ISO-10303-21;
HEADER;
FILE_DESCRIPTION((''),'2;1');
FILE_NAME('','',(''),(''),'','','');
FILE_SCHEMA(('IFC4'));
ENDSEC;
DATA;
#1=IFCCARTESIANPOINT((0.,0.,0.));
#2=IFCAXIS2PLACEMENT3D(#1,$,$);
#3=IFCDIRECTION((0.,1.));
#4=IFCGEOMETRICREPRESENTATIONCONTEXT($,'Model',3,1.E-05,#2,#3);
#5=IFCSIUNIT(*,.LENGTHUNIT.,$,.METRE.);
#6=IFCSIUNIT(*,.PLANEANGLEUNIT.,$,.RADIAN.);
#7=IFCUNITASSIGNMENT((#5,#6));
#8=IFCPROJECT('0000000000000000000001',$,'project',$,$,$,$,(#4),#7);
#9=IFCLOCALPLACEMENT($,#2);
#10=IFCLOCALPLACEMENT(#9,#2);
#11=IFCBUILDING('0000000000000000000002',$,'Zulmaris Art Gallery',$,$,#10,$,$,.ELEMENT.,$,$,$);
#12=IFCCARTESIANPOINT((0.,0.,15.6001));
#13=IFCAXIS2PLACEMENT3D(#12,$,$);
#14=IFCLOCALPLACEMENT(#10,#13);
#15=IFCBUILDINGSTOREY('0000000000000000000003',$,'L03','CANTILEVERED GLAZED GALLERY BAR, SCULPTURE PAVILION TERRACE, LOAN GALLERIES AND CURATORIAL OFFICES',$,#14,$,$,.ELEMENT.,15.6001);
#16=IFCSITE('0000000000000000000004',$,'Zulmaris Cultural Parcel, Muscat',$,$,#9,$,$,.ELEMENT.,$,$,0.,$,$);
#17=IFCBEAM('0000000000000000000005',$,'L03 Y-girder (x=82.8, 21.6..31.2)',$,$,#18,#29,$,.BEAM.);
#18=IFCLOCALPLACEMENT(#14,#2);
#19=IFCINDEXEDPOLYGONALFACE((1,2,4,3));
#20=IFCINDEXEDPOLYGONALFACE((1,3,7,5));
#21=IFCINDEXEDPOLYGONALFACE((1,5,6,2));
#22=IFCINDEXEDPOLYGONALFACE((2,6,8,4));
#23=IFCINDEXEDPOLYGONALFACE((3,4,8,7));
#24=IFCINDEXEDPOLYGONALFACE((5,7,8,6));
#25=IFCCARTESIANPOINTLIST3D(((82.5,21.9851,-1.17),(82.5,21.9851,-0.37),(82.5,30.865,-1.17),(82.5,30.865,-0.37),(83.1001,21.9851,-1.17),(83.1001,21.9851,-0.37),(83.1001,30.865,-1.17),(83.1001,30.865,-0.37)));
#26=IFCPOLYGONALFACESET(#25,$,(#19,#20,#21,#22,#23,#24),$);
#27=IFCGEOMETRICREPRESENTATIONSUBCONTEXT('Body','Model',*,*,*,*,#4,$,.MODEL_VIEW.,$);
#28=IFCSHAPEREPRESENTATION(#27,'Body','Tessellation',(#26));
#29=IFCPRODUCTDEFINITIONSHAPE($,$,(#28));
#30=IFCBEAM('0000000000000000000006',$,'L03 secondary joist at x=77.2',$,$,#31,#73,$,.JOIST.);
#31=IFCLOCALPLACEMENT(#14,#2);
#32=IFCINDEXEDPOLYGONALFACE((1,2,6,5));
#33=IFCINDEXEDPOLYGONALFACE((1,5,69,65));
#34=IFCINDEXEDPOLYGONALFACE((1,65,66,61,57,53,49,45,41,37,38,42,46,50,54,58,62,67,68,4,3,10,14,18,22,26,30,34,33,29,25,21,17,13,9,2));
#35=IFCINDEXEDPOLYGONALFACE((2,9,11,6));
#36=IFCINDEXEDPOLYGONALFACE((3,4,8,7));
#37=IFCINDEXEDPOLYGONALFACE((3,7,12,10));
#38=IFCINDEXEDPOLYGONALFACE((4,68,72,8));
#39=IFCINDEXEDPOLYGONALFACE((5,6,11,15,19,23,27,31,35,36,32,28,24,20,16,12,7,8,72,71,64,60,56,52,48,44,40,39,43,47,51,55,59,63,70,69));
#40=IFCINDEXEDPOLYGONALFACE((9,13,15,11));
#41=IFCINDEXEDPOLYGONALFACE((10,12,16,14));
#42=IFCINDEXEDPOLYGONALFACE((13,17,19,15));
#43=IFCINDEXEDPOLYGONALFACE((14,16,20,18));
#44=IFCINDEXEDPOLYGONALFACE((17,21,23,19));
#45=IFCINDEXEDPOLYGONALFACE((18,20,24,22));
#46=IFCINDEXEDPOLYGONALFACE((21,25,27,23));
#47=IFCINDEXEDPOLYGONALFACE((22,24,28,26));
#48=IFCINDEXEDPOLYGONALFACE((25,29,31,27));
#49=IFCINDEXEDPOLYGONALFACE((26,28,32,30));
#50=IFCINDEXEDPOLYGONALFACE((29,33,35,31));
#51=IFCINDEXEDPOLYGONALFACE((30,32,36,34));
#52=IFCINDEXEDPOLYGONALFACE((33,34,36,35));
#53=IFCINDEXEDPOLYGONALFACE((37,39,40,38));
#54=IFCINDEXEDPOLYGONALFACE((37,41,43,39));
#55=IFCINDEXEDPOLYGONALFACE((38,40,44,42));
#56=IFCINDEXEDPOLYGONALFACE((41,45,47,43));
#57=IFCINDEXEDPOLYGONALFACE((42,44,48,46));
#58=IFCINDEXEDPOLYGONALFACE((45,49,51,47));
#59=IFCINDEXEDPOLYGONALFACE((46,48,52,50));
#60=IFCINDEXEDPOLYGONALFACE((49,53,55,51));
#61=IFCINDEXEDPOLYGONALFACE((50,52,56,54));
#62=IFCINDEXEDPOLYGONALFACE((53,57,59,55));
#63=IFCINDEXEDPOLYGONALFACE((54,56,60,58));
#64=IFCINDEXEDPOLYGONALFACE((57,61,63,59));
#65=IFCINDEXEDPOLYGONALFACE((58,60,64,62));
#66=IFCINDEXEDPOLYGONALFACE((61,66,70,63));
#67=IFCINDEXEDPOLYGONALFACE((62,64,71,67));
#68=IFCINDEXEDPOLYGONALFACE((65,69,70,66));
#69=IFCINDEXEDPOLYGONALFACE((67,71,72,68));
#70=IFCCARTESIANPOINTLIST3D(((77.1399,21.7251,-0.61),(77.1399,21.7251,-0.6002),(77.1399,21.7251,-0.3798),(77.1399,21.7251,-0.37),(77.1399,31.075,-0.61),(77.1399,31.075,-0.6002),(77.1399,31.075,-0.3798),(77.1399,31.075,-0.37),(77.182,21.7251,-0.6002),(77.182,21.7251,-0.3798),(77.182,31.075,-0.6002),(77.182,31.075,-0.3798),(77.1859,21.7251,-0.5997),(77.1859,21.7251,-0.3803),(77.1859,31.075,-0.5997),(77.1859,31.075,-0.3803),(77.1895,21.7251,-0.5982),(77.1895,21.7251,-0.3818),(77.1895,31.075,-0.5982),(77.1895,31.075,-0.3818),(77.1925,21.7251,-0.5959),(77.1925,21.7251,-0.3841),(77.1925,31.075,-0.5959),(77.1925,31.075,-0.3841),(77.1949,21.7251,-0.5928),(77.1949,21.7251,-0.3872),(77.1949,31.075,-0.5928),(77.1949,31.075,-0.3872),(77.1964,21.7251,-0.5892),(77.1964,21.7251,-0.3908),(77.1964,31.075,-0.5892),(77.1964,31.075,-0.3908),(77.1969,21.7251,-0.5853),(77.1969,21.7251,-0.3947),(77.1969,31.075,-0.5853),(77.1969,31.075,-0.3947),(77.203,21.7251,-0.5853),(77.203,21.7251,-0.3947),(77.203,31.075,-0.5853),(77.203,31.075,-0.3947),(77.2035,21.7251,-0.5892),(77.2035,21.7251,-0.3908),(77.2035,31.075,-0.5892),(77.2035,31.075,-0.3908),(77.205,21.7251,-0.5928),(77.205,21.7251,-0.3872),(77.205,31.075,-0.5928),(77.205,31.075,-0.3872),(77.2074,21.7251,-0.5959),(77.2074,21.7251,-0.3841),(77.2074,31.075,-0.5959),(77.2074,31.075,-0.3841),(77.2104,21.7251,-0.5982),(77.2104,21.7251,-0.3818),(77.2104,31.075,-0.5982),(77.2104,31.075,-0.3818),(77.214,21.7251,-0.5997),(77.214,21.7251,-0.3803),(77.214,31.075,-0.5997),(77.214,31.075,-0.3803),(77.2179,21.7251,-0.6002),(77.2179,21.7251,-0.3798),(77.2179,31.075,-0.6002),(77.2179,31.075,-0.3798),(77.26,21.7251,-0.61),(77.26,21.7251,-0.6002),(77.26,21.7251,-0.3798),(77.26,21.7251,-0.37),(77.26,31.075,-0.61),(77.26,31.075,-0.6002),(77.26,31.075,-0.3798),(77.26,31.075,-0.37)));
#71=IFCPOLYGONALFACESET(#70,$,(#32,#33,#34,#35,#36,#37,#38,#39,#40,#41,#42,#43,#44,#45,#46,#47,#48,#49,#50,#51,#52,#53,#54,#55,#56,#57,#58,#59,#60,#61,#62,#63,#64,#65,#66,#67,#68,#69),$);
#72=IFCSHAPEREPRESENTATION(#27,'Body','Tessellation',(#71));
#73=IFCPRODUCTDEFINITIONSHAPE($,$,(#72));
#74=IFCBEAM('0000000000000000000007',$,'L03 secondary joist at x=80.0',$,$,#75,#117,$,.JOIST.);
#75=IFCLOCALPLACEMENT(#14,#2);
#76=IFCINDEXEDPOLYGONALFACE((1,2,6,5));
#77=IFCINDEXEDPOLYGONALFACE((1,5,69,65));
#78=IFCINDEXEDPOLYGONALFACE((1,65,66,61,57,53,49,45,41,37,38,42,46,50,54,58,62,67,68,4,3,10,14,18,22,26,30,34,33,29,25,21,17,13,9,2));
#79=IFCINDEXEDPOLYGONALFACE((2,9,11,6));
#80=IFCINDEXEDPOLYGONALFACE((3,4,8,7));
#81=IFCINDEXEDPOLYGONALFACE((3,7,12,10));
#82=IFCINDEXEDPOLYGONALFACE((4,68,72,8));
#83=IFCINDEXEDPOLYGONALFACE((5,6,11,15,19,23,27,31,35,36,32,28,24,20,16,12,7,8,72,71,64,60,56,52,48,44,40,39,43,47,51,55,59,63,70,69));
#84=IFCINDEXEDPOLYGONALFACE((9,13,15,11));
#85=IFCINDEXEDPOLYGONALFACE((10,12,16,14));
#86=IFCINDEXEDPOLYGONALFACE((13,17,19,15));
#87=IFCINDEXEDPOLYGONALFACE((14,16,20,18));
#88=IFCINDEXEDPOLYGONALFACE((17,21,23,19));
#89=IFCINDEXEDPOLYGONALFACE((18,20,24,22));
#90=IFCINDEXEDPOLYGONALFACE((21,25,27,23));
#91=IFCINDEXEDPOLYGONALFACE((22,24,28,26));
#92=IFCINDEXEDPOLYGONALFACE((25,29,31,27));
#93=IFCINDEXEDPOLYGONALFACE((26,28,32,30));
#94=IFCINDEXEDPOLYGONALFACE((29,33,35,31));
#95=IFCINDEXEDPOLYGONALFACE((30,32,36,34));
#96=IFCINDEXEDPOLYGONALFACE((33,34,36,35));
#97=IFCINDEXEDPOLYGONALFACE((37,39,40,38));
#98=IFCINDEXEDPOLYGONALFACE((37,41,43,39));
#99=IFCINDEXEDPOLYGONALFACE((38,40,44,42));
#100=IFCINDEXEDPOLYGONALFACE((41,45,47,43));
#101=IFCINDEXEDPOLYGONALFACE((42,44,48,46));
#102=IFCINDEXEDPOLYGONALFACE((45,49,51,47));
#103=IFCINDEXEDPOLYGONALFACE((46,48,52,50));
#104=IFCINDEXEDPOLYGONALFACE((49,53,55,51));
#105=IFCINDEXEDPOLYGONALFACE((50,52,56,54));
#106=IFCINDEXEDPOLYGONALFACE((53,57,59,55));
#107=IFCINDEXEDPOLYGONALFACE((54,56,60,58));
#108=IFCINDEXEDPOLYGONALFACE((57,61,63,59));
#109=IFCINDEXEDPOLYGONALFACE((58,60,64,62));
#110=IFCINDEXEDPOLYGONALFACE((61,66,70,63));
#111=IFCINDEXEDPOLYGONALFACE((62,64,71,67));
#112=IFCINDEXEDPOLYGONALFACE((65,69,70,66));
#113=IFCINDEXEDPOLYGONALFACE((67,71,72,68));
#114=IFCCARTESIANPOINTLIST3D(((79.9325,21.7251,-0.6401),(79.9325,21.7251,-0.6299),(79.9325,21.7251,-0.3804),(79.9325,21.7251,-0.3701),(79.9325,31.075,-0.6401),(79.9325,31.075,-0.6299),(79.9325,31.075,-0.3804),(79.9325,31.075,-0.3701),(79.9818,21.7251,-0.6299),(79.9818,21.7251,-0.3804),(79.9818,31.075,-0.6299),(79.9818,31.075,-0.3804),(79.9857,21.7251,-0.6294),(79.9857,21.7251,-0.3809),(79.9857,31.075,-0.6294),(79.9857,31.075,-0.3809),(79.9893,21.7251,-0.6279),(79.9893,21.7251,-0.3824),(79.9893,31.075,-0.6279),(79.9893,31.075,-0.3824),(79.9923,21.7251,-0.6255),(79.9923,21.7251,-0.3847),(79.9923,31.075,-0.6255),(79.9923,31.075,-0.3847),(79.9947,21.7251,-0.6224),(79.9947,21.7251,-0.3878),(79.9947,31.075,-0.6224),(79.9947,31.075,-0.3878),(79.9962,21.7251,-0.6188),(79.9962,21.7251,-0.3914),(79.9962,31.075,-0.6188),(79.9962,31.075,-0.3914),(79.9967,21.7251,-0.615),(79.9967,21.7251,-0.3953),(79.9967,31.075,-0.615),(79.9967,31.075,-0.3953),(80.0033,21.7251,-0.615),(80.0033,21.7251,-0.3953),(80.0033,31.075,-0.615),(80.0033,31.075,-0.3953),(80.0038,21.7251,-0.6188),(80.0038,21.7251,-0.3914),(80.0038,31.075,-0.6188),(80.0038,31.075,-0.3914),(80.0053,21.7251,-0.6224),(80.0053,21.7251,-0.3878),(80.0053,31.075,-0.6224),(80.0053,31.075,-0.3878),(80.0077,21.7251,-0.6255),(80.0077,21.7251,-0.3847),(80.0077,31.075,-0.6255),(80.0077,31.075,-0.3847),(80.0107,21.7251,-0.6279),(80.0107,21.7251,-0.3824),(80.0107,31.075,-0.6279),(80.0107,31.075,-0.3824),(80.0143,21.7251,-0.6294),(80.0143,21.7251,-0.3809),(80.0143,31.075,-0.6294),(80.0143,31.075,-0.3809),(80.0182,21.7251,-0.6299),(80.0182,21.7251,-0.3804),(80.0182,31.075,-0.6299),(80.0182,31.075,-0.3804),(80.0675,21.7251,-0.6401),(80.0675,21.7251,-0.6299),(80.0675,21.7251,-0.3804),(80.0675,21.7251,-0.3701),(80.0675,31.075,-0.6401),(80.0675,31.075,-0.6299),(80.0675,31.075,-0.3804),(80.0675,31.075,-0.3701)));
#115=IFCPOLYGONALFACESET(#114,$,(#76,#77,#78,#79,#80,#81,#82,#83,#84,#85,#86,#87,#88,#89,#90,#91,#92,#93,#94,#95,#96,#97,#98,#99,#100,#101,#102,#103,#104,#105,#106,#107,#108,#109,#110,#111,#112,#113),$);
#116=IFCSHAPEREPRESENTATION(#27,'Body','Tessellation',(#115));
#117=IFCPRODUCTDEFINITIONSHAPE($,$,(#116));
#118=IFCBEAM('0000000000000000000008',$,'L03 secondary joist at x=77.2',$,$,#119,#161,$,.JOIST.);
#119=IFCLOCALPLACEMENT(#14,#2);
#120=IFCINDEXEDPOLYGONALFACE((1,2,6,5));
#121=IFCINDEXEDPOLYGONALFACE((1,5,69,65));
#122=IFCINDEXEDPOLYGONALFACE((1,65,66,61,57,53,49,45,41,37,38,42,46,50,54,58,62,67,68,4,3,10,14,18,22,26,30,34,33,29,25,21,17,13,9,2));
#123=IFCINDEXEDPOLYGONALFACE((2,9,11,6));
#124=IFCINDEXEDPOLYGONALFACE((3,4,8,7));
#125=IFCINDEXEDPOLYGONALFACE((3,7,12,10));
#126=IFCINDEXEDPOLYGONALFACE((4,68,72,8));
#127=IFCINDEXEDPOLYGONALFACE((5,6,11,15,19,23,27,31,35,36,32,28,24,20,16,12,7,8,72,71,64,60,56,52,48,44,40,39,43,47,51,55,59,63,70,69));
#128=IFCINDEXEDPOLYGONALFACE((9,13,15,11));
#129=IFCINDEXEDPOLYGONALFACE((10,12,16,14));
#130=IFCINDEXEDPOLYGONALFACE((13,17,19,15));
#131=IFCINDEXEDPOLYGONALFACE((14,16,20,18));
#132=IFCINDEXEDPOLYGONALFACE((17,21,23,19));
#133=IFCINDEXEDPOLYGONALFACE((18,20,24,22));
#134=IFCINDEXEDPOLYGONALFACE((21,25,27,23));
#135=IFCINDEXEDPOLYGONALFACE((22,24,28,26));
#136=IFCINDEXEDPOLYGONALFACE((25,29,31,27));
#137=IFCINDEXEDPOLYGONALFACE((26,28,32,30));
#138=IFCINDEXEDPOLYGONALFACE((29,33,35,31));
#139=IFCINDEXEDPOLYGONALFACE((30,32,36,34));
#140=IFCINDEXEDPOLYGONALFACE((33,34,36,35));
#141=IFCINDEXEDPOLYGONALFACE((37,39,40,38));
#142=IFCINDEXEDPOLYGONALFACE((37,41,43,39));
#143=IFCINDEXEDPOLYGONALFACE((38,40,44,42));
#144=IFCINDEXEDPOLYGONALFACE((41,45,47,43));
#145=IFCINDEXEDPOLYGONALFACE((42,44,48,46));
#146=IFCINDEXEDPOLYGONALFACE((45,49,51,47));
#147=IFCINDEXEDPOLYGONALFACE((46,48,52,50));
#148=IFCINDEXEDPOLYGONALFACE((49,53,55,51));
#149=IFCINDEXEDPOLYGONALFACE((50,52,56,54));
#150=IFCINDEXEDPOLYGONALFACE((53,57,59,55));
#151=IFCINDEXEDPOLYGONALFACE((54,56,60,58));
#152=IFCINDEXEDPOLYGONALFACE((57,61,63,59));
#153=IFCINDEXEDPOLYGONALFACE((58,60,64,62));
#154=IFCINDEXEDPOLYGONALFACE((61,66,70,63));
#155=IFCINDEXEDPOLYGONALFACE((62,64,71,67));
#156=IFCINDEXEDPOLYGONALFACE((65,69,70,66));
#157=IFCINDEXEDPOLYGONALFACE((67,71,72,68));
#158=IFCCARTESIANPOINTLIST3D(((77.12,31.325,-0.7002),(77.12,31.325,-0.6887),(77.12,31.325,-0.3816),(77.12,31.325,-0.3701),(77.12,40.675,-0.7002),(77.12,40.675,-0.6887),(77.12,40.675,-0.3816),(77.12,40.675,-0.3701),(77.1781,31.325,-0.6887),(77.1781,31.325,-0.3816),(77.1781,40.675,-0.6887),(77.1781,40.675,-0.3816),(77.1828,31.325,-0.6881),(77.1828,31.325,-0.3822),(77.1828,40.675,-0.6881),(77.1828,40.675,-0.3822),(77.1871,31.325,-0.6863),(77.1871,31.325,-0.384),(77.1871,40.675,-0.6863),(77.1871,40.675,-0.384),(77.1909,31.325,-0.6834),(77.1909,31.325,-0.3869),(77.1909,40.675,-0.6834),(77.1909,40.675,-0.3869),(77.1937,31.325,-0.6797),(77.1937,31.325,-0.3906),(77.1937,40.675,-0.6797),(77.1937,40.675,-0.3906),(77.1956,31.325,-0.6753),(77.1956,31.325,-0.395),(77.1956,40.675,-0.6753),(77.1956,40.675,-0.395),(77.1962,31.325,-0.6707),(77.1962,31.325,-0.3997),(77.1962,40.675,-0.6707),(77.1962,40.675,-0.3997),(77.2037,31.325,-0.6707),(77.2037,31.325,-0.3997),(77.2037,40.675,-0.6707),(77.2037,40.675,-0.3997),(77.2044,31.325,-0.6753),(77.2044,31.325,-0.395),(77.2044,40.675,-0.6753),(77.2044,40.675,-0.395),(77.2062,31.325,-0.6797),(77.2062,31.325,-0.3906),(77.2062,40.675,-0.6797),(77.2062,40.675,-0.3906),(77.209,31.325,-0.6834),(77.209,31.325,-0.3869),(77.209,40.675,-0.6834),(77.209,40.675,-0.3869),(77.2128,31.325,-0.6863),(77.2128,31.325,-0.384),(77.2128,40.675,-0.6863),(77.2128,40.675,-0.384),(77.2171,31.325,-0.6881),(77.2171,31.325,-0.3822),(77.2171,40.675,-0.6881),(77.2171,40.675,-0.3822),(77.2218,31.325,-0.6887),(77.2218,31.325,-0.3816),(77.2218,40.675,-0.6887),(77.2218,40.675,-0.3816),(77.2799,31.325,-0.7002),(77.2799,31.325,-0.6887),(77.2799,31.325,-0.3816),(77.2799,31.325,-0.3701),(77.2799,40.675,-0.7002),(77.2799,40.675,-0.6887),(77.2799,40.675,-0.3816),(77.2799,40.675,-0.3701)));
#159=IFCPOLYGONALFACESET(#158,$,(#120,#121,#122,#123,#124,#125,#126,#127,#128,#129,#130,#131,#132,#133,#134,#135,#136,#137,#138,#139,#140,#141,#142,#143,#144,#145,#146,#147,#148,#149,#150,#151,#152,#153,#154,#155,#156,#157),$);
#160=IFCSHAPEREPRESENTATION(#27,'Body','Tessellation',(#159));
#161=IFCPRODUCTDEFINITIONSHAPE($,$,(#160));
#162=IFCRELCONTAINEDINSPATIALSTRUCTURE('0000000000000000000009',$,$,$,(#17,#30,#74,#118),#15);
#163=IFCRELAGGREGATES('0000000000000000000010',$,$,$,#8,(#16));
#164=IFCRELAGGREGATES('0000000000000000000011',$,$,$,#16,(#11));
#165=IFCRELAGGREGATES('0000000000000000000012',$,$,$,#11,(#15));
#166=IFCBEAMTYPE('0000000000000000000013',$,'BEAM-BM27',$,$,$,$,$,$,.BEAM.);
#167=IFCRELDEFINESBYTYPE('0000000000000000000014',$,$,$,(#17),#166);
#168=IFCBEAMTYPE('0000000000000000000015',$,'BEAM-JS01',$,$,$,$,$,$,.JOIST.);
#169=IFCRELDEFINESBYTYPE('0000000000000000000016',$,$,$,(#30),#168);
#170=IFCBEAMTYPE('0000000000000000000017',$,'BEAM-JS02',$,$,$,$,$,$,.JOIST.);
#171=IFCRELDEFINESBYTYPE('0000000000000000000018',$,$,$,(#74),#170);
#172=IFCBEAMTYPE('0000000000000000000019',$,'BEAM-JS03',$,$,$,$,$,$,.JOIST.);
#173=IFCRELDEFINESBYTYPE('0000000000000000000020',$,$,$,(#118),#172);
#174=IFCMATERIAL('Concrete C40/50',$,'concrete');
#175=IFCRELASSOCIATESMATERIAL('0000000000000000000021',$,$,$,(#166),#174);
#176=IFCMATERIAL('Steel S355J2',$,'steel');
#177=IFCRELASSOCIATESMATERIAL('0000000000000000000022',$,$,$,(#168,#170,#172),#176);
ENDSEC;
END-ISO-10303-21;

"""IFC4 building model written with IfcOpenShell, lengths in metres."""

from ifc_helpers import new_model, si_unit, direction, frame, origin, origin_2d, place, context, subcontext, project, spatial, rectangle, i_section, extrude, material, material_profile, profile_set, type_object, element, save


model = new_model("IFC4")

# Units and contexts
model_context = context("Model", 3, precision=1e-05, world=origin(), true_north=direction((0.0, 1.0)))
body_context = subcontext(model_context, "Body", "Model", "MODEL_VIEW")
ifc_project = project(units=[si_unit("LENGTHUNIT", "METRE"), si_unit("PLANEANGLEUNIT", "RADIAN")], contexts=[model_context])

# Site, building, storey
site_placement = place(None, origin())
site = spatial("IfcSite", under=ifc_project, at=site_placement, Name="Zulmaris Cultural Parcel, Muscat", CompositionType="ELEMENT", RefElevation=0.0)
building_placement = place(site_placement, origin())
building = spatial("IfcBuilding", under=site, at=building_placement, Name="Zulmaris Art Gallery", CompositionType="ELEMENT")
storey_placement = place(building_placement, frame((0.0, 0.0, 15.6001)))
storey = spatial("IfcBuildingStorey", under=building, at=storey_placement, Name="L03", Description="CANTILEVERED GLAZED GALLERY BAR, SCULPTURE PAVILION TERRACE, LOAN GALLERIES AND CURATORIAL OFFICES", CompositionType="ELEMENT", Elevation=15.6001)

# Shared definitions
ifc_material_1 = material(Name="Concrete C40/50", Category="concrete")

# Beams
ifc_material_2 = material(Name="Steel S355J2", Category="steel")
ifc_material_profile_1 = material_profile(ifc_material_1, rectangle(XDim=0.6001, YDim=0.8, at=origin_2d()), Name="RC 600x800")
ifc_profile_set_1 = profile_set([ifc_material_profile_1], Name="Concrete C40/50")
beam_type_1 = type_object("IfcBeamType", Name="BEAM-BM27", PredefinedType="BEAM", material=ifc_profile_set_1)
beam_1_placement = place(storey_placement, frame((82.8, 21.9851, -0.77), z_axis=(0.0, 1.0, 0.0), x_axis=(-1.0, 0.0, 0.0)))
element("IfcBeam", 1, at=beam_1_placement, inside=storey, type_object=beam_type_1, Name="L03 Y-girder (x=82.8, 21.6..31.2)", PredefinedType="BEAM", context=body_context, shape_type="SweptSolid", body=[
    extrude(rectangle(XDim=0.6001, YDim=0.8, at=origin_2d()), origin(), (0.0, 0.0, 1.0), 8.8799),
])
ifc_material_profile_2 = material_profile(ifc_material_2, i_section(OverallWidth=0.1201, OverallDepth=0.24, WebThickness=0.0061, FlangeThickness=0.0098, FilletRadius=0.0149, at=origin_2d()), Name="IPE 240")
ifc_profile_set_2 = profile_set([ifc_material_profile_2], Name="Steel S355J2")
beam_type_2 = type_object("IfcBeamType", Name="BEAM-JS01", PredefinedType="JOIST", material=ifc_profile_set_2)
beam_2_placement = place(storey_placement, frame((77.2, 21.7251, -0.49), z_axis=(0.0, 1.0, 0.0), x_axis=(-1.0, 0.0, 0.0)))
element("IfcBeam", 2, at=beam_2_placement, inside=storey, type_object=beam_type_2, Name="L03 secondary joist at x=77.2", PredefinedType="JOIST", context=body_context, shape_type="SweptSolid", body=[
    extrude(i_section(OverallWidth=0.1201, OverallDepth=0.24, WebThickness=0.0061, FlangeThickness=0.0098, FilletRadius=0.0149, at=origin_2d()), origin(), (0.0, 0.0, 1.0), 9.3499),
])
ifc_material_profile_3 = material_profile(ifc_material_2, i_section(OverallWidth=0.135, OverallDepth=0.27, WebThickness=0.0066, FlangeThickness=0.0103, FilletRadius=0.0149, at=origin_2d()), Name="IPE 270")
ifc_profile_set_3 = profile_set([ifc_material_profile_3], Name="Steel S355J2")
beam_type_3 = type_object("IfcBeamType", Name="BEAM-JS02", PredefinedType="JOIST", material=ifc_profile_set_3)
beam_3_placement = place(storey_placement, frame((80.0, 21.7251, -0.5051), z_axis=(0.0, 1.0, 0.0), x_axis=(-1.0, 0.0, 0.0)))
element("IfcBeam", 3, at=beam_3_placement, inside=storey, type_object=beam_type_3, Name="L03 secondary joist at x=80.0", PredefinedType="JOIST", context=body_context, shape_type="SweptSolid", body=[
    extrude(i_section(OverallWidth=0.135, OverallDepth=0.27, WebThickness=0.0066, FlangeThickness=0.0103, FilletRadius=0.0149, at=origin_2d()), origin(), (0.0, 0.0, 1.0), 9.3499),
])
ifc_material_profile_4 = material_profile(ifc_material_2, i_section(OverallWidth=0.1599, OverallDepth=0.3301, WebThickness=0.0076, FlangeThickness=0.0115, FilletRadius=0.0181, at=origin_2d()), Name="IPE 330")
ifc_profile_set_4 = profile_set([ifc_material_profile_4], Name="Steel S355J2")
beam_type_4 = type_object("IfcBeamType", Name="BEAM-JS03", PredefinedType="JOIST", material=ifc_profile_set_4)
beam_4_placement = place(storey_placement, frame((77.2, 31.325, -0.5352), z_axis=(0.0, 1.0, 0.0), x_axis=(-1.0, 0.0, 0.0)))
element("IfcBeam", 4, at=beam_4_placement, inside=storey, type_object=beam_type_4, Name="L03 secondary joist at x=77.2", PredefinedType="JOIST", context=body_context, shape_type="SweptSolid", body=[
    extrude(i_section(OverallWidth=0.1599, OverallDepth=0.3301, WebThickness=0.0076, FlangeThickness=0.0115, FilletRadius=0.0181, at=origin_2d()), origin(), (0.0, 0.0, 1.0), 9.3501),
])

save(model, "model.ifc")
